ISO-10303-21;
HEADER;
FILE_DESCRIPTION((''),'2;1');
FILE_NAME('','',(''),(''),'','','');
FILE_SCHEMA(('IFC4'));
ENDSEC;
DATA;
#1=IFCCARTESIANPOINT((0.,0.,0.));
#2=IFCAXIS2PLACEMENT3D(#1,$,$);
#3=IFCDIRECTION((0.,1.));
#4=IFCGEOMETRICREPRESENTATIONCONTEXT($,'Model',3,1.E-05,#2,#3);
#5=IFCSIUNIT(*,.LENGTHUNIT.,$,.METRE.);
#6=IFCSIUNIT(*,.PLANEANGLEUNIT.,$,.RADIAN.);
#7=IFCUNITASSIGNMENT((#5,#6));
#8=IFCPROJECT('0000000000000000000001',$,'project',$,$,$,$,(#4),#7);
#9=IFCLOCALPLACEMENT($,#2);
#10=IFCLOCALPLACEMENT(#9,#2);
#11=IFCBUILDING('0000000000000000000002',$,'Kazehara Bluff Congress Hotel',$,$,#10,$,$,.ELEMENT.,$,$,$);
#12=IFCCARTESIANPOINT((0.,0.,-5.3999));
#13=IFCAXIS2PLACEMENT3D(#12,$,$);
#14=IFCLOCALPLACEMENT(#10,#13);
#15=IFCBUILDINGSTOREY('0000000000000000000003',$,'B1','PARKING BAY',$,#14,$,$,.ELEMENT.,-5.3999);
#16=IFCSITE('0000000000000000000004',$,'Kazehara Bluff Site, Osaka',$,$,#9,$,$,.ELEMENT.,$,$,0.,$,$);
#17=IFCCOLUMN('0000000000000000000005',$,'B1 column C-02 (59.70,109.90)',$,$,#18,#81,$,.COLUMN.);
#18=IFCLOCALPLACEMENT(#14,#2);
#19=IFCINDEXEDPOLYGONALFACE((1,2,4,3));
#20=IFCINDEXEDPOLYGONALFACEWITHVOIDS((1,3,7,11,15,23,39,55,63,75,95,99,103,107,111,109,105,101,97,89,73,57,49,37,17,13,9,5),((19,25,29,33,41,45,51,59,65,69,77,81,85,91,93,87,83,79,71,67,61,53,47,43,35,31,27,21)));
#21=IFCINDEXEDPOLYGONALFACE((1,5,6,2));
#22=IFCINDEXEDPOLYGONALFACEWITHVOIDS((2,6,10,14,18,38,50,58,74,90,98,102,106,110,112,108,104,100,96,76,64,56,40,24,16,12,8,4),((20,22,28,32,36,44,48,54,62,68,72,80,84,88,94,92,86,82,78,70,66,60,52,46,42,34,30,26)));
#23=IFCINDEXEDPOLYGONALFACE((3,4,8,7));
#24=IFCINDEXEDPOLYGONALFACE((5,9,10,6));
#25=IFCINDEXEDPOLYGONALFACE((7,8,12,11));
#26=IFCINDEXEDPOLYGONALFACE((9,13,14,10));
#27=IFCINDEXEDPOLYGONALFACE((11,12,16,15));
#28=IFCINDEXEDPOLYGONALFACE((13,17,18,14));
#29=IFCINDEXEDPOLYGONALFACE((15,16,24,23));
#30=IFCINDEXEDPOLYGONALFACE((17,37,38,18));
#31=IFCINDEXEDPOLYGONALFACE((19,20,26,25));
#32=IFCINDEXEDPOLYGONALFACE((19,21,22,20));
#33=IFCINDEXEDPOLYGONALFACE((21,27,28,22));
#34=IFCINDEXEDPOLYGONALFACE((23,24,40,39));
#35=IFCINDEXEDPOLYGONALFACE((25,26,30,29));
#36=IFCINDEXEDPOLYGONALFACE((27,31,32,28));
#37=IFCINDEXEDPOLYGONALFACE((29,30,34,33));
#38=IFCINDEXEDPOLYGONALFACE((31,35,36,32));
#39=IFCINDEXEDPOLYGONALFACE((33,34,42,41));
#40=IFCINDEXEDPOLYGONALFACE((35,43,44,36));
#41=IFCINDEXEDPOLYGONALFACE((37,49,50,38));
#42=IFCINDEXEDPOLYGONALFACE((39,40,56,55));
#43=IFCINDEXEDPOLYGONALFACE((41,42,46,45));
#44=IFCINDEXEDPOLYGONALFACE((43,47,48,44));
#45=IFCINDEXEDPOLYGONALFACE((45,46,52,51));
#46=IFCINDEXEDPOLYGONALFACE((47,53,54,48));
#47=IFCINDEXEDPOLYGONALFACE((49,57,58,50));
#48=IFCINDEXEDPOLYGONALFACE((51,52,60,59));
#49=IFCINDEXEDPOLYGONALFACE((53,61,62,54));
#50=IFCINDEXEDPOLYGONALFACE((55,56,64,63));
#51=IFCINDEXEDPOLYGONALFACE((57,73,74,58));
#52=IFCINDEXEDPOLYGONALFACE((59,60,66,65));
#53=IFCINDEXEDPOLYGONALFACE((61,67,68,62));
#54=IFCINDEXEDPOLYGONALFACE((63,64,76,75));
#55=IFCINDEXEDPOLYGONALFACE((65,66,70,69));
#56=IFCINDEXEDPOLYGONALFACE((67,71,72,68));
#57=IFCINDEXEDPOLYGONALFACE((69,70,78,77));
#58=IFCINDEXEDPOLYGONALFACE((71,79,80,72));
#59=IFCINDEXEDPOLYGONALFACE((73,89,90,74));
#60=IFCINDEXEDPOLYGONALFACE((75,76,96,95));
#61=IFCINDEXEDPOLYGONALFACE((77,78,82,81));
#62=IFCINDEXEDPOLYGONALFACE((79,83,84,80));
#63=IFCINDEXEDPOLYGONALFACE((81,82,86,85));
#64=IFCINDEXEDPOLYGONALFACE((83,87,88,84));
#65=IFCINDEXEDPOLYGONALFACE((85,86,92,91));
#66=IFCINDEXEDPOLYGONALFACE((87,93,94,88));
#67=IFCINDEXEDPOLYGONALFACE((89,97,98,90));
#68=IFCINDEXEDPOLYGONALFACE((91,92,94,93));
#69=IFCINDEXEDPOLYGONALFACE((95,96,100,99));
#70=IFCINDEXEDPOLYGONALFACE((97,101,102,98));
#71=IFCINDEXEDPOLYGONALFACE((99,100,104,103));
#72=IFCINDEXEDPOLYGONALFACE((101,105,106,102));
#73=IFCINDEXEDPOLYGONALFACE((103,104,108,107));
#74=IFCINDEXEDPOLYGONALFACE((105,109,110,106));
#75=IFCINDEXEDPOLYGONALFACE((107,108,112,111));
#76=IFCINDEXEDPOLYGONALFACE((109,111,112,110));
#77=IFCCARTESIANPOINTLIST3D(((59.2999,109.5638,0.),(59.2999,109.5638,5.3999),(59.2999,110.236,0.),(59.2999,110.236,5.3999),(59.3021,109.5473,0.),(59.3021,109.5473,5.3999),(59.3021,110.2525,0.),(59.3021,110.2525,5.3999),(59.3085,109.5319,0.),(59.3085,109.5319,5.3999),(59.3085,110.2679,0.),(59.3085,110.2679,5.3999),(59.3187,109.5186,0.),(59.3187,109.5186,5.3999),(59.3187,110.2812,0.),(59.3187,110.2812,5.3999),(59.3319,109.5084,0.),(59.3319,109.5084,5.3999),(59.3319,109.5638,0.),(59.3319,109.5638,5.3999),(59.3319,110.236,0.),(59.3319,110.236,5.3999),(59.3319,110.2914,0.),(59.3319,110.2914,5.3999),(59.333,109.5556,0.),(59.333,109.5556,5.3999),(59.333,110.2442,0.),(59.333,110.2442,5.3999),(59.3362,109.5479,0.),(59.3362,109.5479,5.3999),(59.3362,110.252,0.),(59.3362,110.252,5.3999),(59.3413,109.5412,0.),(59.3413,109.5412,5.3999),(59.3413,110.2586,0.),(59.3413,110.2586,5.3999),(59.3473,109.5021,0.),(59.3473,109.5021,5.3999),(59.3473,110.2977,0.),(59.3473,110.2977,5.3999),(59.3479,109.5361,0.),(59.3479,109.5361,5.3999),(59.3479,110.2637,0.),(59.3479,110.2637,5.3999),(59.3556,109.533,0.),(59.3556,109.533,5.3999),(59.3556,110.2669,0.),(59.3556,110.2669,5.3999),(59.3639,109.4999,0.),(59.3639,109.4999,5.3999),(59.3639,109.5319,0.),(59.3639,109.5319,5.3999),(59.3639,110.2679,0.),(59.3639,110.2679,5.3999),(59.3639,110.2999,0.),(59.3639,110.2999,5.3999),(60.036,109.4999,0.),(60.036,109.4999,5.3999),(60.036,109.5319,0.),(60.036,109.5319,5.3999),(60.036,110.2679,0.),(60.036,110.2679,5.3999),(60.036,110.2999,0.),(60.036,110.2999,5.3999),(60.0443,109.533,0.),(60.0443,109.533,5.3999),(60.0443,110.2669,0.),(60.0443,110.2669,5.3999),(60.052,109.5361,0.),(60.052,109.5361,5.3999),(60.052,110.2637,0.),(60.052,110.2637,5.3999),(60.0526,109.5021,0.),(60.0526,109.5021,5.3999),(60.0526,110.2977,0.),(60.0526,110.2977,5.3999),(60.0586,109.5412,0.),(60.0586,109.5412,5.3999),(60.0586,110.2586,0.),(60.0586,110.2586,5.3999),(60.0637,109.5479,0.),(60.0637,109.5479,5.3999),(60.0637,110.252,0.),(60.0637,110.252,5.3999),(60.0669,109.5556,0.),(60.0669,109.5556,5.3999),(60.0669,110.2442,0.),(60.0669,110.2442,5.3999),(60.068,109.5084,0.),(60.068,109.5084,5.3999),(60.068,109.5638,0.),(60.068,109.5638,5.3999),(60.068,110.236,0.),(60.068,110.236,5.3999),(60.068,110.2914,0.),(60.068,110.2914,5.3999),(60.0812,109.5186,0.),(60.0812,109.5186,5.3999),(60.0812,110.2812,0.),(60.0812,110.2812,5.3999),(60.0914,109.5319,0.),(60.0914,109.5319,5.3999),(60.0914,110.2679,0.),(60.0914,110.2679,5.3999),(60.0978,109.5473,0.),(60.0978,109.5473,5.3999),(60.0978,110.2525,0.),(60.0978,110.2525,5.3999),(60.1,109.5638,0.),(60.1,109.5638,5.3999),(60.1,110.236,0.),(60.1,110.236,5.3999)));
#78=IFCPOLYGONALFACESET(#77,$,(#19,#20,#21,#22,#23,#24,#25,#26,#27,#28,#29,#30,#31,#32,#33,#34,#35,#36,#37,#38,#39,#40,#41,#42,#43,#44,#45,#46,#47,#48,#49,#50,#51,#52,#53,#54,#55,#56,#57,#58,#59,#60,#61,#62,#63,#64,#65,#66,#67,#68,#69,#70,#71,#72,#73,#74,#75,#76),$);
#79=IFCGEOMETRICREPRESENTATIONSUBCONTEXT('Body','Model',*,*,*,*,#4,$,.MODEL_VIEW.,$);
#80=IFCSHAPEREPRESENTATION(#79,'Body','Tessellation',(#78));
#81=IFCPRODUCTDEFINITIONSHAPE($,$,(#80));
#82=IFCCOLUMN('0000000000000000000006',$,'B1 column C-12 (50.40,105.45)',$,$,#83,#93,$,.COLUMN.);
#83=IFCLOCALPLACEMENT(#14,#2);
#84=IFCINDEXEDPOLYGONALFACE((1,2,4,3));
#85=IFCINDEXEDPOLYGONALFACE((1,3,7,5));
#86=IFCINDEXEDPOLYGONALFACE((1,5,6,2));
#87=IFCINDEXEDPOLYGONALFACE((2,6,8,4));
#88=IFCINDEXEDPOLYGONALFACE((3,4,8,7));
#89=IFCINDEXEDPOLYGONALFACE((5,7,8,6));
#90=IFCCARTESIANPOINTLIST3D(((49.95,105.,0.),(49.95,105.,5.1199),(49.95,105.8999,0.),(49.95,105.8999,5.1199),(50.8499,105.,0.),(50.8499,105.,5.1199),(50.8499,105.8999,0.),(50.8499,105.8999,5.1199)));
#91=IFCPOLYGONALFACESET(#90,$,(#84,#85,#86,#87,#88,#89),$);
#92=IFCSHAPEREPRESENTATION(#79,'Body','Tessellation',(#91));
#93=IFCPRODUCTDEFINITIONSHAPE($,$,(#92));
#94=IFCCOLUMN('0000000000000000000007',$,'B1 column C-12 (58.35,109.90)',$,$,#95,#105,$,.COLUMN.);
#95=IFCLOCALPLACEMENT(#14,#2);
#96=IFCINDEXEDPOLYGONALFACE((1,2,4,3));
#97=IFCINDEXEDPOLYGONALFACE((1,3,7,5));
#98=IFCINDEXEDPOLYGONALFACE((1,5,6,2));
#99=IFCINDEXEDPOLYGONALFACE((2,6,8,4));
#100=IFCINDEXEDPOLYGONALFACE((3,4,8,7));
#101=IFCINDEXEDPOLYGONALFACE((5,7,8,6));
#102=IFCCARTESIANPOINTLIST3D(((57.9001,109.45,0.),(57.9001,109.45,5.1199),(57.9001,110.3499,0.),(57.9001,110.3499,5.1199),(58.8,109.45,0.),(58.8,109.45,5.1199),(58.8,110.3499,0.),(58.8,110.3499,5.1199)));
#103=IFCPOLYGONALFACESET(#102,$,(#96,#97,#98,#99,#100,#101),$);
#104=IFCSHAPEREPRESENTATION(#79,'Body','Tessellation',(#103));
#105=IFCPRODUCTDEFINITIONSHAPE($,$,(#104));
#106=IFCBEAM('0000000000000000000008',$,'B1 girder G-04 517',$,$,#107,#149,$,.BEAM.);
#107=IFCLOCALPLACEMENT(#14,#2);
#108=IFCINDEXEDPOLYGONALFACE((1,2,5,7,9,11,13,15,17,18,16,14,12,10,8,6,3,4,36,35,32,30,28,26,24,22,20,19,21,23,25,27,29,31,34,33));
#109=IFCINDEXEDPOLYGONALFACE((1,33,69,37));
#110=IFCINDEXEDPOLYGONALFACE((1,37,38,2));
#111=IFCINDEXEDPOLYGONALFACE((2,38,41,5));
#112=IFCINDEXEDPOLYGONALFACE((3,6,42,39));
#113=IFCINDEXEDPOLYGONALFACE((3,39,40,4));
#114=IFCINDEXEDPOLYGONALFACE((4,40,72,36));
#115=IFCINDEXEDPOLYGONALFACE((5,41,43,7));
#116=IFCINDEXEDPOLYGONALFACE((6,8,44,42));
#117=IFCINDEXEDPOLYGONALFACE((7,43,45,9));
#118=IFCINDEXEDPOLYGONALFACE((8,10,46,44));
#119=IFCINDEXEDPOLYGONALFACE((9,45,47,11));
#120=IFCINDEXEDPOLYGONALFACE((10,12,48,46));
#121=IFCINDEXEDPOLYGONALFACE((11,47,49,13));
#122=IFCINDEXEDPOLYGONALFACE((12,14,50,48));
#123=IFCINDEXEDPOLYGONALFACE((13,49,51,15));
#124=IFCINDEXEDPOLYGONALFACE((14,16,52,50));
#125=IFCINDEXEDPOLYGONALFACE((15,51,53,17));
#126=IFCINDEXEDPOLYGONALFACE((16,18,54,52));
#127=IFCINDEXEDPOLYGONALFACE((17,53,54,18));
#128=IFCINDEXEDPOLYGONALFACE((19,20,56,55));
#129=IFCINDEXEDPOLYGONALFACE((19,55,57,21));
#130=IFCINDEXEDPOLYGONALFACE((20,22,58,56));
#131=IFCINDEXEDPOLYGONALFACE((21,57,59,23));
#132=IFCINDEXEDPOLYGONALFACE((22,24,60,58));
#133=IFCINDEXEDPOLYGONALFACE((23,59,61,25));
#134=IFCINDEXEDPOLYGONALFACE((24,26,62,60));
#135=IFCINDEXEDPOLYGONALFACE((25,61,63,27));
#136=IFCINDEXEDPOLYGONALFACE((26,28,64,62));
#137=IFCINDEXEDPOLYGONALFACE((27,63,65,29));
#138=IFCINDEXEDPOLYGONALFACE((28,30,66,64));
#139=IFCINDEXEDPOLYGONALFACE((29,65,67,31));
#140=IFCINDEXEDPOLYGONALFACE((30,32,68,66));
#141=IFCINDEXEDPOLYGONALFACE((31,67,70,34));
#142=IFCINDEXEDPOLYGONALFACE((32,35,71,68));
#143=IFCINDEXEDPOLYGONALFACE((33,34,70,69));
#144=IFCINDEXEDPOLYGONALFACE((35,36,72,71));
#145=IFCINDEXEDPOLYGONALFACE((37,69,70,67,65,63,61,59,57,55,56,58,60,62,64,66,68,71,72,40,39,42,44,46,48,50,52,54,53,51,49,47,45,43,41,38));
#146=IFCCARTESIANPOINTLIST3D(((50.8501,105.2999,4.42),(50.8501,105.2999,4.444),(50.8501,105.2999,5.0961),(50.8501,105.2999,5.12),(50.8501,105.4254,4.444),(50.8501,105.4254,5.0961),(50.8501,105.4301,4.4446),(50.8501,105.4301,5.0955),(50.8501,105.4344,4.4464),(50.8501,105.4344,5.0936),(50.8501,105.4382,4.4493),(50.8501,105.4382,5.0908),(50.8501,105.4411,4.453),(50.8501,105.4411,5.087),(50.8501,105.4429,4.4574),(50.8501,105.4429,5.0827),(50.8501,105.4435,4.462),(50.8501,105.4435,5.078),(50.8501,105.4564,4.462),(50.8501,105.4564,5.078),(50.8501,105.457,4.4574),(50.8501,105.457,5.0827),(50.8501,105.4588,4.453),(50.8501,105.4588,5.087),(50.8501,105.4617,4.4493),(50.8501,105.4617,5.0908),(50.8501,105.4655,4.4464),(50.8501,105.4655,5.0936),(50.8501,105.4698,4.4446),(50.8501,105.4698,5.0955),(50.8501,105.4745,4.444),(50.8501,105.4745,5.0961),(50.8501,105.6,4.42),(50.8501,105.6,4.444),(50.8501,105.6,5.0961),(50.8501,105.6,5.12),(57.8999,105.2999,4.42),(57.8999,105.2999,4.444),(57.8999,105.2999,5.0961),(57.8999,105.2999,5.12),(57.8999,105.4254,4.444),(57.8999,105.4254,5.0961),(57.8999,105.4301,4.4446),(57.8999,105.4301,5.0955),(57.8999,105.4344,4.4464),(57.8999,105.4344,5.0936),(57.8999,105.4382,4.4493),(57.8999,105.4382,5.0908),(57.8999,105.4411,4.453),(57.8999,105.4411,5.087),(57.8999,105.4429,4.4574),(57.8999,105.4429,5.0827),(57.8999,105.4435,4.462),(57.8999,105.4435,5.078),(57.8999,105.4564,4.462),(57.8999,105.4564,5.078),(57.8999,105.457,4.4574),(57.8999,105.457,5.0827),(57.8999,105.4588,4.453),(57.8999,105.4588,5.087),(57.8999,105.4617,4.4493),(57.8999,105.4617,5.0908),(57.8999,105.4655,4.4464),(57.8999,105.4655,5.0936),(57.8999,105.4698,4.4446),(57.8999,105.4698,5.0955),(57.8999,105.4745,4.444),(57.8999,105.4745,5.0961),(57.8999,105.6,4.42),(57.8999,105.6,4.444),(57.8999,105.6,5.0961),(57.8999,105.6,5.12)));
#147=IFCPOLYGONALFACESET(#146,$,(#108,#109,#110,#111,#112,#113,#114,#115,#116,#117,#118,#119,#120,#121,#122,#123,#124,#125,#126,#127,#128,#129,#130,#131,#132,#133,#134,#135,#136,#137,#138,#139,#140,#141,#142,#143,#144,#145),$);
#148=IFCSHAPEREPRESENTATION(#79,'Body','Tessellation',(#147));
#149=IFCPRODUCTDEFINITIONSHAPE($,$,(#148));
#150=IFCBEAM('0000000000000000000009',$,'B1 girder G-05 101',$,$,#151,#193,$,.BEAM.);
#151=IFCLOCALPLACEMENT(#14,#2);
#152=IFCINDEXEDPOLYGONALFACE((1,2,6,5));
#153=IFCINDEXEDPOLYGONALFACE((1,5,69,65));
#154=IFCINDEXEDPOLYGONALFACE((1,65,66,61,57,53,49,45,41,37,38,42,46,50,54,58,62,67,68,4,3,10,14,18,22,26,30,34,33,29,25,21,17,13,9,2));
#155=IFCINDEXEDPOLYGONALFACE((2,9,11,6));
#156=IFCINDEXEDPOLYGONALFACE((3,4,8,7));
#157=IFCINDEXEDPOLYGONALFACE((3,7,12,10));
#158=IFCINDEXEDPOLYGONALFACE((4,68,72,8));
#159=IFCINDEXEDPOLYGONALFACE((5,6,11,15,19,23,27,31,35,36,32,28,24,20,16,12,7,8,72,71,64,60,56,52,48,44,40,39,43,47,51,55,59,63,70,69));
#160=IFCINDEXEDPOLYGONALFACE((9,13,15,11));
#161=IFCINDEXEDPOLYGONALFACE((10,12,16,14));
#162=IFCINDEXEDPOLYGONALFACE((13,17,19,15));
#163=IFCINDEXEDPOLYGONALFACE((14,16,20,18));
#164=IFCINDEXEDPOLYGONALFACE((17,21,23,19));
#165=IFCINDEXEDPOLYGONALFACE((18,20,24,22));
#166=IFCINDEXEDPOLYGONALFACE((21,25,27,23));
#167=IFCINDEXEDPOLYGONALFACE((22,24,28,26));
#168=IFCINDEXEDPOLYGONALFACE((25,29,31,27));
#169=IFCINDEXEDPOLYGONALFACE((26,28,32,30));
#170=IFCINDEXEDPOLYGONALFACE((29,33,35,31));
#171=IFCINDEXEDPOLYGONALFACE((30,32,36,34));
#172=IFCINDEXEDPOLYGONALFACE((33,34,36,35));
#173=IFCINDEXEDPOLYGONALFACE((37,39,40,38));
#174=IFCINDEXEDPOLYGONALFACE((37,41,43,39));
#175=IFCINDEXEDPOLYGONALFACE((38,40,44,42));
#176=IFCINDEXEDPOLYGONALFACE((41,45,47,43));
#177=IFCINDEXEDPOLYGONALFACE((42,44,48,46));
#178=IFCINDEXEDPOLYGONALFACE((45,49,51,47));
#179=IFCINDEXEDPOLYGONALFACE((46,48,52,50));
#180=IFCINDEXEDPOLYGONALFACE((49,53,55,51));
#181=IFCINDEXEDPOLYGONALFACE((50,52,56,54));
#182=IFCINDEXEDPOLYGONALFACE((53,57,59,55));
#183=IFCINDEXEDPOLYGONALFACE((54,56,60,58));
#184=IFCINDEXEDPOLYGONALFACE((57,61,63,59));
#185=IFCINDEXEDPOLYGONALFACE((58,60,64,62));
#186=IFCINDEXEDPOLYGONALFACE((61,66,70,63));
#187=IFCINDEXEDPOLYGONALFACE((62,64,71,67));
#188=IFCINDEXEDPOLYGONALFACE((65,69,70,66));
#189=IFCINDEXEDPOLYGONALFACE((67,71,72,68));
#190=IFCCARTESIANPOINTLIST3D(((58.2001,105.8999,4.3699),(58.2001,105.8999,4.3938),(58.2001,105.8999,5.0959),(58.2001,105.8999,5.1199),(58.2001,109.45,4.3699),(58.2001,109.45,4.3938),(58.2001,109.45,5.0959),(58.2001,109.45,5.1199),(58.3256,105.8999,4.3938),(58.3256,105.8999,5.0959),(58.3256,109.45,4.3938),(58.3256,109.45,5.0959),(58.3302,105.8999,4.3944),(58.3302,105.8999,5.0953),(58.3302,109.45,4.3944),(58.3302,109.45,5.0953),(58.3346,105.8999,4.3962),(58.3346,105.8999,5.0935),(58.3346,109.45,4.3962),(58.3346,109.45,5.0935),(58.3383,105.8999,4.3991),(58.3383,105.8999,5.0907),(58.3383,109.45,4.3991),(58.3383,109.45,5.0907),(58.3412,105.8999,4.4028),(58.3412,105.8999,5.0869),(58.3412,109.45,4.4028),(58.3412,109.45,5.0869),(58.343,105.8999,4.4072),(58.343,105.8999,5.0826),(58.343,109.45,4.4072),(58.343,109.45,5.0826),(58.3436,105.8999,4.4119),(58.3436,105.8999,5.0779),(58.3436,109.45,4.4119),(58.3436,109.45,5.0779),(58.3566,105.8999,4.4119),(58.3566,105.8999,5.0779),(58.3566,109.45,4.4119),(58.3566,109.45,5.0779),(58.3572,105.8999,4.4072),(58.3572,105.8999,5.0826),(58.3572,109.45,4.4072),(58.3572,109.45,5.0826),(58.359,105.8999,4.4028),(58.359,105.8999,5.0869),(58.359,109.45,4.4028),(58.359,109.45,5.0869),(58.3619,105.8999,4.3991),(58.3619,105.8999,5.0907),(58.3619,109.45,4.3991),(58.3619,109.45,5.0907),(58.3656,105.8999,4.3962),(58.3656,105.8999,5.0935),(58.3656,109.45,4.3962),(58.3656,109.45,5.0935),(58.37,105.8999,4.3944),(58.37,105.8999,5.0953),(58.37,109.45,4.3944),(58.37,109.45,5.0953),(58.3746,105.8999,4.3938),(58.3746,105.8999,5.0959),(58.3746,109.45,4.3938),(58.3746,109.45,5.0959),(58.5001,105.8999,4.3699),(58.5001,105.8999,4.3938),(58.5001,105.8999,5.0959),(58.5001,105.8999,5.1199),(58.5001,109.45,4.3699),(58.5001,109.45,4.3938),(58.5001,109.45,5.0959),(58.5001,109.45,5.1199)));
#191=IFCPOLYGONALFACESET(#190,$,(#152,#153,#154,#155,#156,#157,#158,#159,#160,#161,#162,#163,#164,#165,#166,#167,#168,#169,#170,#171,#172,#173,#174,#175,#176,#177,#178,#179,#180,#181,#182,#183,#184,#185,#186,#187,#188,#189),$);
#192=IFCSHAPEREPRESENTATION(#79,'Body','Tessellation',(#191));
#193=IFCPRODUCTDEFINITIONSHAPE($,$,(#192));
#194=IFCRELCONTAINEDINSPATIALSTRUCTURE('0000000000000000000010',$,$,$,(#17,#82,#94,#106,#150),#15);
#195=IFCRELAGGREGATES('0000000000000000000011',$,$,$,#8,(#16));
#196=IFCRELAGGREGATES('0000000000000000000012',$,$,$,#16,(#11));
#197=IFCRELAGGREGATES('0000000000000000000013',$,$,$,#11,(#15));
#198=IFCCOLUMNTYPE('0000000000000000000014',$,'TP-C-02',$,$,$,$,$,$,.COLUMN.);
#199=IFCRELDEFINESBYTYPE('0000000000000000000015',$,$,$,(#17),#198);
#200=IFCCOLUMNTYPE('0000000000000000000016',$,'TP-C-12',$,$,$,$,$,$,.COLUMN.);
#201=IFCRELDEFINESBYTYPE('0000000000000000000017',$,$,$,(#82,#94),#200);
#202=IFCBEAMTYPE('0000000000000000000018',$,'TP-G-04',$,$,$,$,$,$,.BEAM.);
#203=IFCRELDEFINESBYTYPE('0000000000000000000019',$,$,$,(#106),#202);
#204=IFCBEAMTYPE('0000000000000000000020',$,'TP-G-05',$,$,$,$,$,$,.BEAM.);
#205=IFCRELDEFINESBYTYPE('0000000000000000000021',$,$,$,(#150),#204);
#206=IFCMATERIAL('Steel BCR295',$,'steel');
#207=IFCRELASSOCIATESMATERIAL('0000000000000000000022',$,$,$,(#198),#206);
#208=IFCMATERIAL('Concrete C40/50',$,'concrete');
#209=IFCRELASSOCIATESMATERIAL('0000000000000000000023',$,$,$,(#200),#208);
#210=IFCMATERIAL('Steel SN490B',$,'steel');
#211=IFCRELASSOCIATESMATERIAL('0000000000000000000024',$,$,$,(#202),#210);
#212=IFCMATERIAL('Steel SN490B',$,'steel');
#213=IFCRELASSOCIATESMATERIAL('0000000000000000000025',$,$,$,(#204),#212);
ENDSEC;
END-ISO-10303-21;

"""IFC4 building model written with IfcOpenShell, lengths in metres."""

from ifc_helpers import new_model, si_unit, direction, frame, origin, origin_2d, place, context, subcontext, project, spatial, rectangle, hollow_rectangle, i_section, extrude, material, material_profile, profile_set, type_object, element, save


model = new_model("IFC4")

# Units and contexts
model_context = context("Model", 3, precision=1e-05, world=origin(), true_north=direction((0.0, 1.0)))
body_context = subcontext(model_context, "Body", "Model", "MODEL_VIEW")
ifc_project = project(units=[si_unit("LENGTHUNIT", "METRE"), si_unit("PLANEANGLEUNIT", "RADIAN")], contexts=[model_context])

# Site, building, storey
site_placement = place(None, origin())
site = spatial("IfcSite", under=ifc_project, at=site_placement, Name="Kazehara Bluff Site, Osaka", CompositionType="ELEMENT", RefElevation=0.0)
building_placement = place(site_placement, origin())
building = spatial("IfcBuilding", under=site, at=building_placement, Name="Kazehara Bluff Congress Hotel", CompositionType="ELEMENT")
storey_placement = place(building_placement, frame((0.0, 0.0, -5.3999)))
storey = spatial("IfcBuildingStorey", under=building, at=storey_placement, Name="B1", Description="PARKING BAY", CompositionType="ELEMENT", Elevation=-5.3999)

# Columns
ifc_material_1 = material(Name="Steel BCR295", Category="steel")
ifc_material_profile_1 = material_profile(ifc_material_1, hollow_rectangle(XDim=0.8, YDim=0.8, WallThickness=0.032, InnerFilletRadius=0.032, OuterFilletRadius=0.064, at=origin_2d()))
ifc_profile_set_1 = profile_set([ifc_material_profile_1], Name="Steel BCR295")
column_type_1 = type_object("IfcColumnType", Name="TP-C-02", PredefinedType="COLUMN", material=ifc_profile_set_1)
for number, where, z_axis, x_axis, name in (
    (1, (59.7, 109.8999, 0.0), (0.0, 0.0, 1.0), (1.0, 0.0, 0.0), "B1 column C-02 (59.70,109.90)"),
):
    element("IfcColumn", number, at=place(storey_placement, frame(where, z_axis=z_axis, x_axis=x_axis)), inside=storey, type_object=column_type_1, Name=name, PredefinedType="COLUMN", context=body_context, shape_type="SweptSolid", body=[
        extrude(hollow_rectangle(XDim=0.8, YDim=0.8, WallThickness=0.032, InnerFilletRadius=0.032, OuterFilletRadius=0.064, at=origin_2d()), origin(), (0.0, 0.0, 1.0), 5.3999),
    ])
ifc_material_2 = material(Name="Concrete C40/50", Category="concrete")
ifc_material_profile_2 = material_profile(ifc_material_2, rectangle(XDim=0.8999, YDim=0.8999, at=origin_2d()))
ifc_profile_set_2 = profile_set([ifc_material_profile_2], Name="Concrete C40/50")
column_type_2 = type_object("IfcColumnType", Name="TP-C-12", PredefinedType="COLUMN", material=ifc_profile_set_2)
for number, where, z_axis, x_axis, name in (
    (2, (50.3999, 105.45, 0.0), (0.0, 0.0, 1.0), (1.0, 0.0, 0.0), "B1 column C-12 (50.40,105.45)"),
    (3, (58.3501, 109.8999, 0.0), (0.0, 0.0, 1.0), (1.0, 0.0, 0.0), "B1 column C-12 (58.35,109.90)"),
):
    element("IfcColumn", number, at=place(storey_placement, frame(where, z_axis=z_axis, x_axis=x_axis)), inside=storey, type_object=column_type_2, Name=name, PredefinedType="COLUMN", context=body_context, shape_type="SweptSolid", body=[
        extrude(rectangle(XDim=0.8999, YDim=0.8999, at=origin_2d()), origin(), (0.0, 0.0, 1.0), 5.1199),
    ])

# Beams
ifc_material_3 = material(Name="Steel SN490B", Category="steel")
ifc_material_profile_3 = material_profile(ifc_material_3, i_section(OverallWidth=0.3, OverallDepth=0.7, WebThickness=0.0129, FlangeThickness=0.0239, FilletRadius=0.0181, at=origin_2d()))
ifc_profile_set_3 = profile_set([ifc_material_profile_3], Name="Steel SN490B")
beam_type_1 = type_object("IfcBeamType", Name="TP-G-04", PredefinedType="BEAM", material=ifc_profile_set_3)
beam_1_placement = place(storey_placement, frame((50.8501, 105.45, 4.77), z_axis=(1.0, 0.0, 0.0), x_axis=(0.0, 1.0, 0.0)))
element("IfcBeam", 4, at=beam_1_placement, inside=storey, type_object=beam_type_1, Name="B1 girder G-04 517", PredefinedType="BEAM", context=body_context, shape_type="SweptSolid", body=[
    extrude(i_section(OverallWidth=0.3, OverallDepth=0.7, WebThickness=0.0129, FlangeThickness=0.0239, FilletRadius=0.0181, at=origin_2d()), origin(), (0.0, 0.0, 1.0), 7.0498),
])
ifc_material_4 = material(Name="Steel SN490B", Category="steel")
ifc_material_profile_4 = material_profile(ifc_material_4, i_section(OverallWidth=0.3, OverallDepth=0.75, WebThickness=0.0129, FlangeThickness=0.0239, FilletRadius=0.0181, at=origin_2d()))
ifc_profile_set_4 = profile_set([ifc_material_profile_4], Name="Steel SN490B")
beam_type_2 = type_object("IfcBeamType", Name="TP-G-05", PredefinedType="BEAM", material=ifc_profile_set_4)
beam_2_placement = place(storey_placement, frame((58.3501, 105.8999, 4.7449), z_axis=(0.0, 1.0, 0.0), x_axis=(-1.0, 0.0, 0.0)))
element("IfcBeam", 5, at=beam_2_placement, inside=storey, type_object=beam_type_2, Name="B1 girder G-05 101", PredefinedType="BEAM", context=body_context, shape_type="SweptSolid", body=[
    extrude(i_section(OverallWidth=0.3, OverallDepth=0.75, WebThickness=0.0129, FlangeThickness=0.0239, FilletRadius=0.0181, at=origin_2d()), origin(), (0.0, 0.0, 1.0), 3.55),
])

save(model, "model.ifc")
